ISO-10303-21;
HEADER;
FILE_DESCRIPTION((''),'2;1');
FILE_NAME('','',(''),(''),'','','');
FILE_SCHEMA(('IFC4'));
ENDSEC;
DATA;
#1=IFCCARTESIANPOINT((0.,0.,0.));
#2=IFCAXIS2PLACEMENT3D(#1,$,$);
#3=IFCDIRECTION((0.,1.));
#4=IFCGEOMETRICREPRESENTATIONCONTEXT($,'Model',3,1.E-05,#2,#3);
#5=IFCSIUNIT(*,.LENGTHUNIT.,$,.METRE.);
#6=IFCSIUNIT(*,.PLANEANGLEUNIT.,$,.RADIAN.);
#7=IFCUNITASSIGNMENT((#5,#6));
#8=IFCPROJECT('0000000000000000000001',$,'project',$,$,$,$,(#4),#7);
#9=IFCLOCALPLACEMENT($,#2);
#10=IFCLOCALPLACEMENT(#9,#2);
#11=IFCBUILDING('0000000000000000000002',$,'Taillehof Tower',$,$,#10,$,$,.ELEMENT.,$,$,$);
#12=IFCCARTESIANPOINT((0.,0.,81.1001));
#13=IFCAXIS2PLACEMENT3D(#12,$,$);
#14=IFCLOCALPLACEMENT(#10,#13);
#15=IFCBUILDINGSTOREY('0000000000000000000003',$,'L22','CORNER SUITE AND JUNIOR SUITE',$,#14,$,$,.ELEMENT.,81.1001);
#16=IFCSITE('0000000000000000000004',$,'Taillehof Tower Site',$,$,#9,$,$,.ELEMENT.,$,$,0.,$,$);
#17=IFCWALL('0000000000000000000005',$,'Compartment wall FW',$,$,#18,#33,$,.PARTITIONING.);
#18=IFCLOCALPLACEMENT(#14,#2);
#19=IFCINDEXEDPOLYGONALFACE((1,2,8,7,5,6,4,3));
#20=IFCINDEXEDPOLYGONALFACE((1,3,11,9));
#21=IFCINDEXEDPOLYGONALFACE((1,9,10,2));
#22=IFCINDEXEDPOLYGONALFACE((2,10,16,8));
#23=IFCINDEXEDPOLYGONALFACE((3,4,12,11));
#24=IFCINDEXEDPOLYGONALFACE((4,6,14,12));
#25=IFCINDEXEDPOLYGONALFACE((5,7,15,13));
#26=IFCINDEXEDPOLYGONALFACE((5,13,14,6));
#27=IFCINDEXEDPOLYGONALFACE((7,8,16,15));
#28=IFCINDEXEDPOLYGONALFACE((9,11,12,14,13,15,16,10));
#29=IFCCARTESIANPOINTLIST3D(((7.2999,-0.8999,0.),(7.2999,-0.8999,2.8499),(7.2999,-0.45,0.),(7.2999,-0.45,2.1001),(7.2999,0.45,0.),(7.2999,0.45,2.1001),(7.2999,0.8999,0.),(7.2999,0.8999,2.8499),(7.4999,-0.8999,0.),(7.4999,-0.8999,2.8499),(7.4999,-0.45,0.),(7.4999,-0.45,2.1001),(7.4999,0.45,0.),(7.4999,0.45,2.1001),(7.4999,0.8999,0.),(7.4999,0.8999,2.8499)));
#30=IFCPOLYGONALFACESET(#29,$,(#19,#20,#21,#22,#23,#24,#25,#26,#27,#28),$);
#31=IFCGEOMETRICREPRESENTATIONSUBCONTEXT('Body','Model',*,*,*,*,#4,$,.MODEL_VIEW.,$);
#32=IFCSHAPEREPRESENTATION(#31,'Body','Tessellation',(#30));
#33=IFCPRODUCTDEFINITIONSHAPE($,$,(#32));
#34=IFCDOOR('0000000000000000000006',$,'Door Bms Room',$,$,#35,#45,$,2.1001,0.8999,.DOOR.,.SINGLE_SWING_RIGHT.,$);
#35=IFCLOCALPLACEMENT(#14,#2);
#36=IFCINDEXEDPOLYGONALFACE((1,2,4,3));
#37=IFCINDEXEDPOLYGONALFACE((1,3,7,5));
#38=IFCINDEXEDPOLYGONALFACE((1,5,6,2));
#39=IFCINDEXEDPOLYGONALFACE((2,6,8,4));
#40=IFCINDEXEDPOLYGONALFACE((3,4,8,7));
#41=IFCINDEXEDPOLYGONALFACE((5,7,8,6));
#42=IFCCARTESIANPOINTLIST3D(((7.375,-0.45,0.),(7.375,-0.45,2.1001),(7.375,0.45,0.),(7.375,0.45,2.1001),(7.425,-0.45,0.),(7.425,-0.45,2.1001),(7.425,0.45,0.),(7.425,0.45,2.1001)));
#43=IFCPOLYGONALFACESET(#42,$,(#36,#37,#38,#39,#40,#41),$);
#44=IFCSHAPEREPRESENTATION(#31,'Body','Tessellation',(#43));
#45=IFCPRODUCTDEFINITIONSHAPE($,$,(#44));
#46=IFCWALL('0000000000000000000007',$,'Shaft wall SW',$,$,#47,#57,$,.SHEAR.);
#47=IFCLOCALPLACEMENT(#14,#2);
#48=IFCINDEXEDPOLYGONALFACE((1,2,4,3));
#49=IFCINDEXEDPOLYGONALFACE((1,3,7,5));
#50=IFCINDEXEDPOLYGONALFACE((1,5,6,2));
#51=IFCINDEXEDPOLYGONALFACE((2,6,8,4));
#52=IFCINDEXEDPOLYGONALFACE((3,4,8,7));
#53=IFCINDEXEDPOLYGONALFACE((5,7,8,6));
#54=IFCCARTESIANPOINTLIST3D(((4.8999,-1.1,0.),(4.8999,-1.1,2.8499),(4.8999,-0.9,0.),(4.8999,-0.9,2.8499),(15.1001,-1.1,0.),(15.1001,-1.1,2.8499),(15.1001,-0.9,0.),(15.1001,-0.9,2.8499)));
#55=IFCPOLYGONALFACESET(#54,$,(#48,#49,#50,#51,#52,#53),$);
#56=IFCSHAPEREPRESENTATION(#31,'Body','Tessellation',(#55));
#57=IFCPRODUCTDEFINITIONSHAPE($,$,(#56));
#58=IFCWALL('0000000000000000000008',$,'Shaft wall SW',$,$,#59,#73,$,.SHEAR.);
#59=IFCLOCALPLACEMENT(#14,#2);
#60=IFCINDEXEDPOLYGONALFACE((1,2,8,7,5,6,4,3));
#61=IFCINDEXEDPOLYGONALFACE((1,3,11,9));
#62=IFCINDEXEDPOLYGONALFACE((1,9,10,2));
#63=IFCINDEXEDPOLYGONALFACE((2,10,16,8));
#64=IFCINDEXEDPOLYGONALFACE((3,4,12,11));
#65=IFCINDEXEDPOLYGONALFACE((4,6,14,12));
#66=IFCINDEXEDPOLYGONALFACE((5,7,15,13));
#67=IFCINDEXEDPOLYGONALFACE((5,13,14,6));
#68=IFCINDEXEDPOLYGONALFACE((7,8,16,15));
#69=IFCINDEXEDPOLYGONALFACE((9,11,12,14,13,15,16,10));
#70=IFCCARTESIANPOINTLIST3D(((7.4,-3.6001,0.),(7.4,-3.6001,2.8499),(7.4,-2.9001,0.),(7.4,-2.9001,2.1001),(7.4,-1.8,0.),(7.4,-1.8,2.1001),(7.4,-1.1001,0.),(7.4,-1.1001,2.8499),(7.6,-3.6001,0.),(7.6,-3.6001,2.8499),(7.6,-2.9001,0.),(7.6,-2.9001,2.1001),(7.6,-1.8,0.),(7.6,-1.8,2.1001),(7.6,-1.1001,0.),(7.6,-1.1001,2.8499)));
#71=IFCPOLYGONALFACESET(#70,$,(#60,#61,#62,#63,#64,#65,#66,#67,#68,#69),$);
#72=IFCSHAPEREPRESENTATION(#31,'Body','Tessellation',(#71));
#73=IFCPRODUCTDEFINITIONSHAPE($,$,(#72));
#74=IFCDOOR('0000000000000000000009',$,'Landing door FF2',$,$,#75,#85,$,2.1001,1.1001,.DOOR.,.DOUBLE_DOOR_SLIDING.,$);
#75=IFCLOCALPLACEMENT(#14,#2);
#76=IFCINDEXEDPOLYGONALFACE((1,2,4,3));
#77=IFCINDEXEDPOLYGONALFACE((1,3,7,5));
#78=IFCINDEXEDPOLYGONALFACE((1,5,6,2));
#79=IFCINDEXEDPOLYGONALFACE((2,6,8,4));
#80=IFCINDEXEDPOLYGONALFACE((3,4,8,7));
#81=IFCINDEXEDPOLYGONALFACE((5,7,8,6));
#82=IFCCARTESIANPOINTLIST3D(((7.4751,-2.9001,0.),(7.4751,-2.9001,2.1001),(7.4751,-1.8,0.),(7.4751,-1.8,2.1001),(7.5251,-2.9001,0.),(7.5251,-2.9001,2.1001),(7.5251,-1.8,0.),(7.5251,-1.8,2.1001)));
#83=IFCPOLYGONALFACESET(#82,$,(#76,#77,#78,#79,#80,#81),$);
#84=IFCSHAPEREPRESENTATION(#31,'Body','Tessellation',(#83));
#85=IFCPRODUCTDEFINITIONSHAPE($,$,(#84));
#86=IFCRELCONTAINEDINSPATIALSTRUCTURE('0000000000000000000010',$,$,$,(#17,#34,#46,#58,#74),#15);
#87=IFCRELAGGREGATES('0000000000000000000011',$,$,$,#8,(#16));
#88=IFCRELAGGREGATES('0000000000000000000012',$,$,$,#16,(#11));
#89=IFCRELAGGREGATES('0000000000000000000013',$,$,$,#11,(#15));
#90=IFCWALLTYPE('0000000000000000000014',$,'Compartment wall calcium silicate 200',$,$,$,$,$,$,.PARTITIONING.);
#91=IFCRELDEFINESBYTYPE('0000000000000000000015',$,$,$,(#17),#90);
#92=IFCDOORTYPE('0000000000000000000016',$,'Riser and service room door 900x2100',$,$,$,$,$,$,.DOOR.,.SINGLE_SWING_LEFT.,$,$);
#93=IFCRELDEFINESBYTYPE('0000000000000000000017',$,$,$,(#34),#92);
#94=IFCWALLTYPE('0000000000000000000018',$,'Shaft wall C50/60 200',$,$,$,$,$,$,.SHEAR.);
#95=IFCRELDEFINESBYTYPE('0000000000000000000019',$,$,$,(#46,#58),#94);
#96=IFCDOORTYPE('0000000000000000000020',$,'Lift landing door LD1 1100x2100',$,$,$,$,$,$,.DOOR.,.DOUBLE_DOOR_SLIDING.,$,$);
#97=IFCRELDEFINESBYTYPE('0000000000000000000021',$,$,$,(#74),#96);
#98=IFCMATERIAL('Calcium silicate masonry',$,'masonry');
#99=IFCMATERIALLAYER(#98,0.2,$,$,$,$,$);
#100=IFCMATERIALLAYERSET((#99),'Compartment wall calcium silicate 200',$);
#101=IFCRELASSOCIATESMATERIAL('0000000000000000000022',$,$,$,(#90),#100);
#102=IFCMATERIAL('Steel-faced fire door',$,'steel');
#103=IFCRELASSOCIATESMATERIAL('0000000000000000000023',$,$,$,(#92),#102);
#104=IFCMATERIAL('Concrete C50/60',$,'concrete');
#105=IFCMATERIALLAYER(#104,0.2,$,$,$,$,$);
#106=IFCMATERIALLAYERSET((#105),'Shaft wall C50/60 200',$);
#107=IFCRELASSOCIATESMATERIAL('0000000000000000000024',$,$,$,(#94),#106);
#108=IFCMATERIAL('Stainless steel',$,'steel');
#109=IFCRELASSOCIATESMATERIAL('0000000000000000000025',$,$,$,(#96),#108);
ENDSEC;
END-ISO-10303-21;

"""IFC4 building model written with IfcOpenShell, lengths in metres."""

from ifc_helpers import new_model, si_unit, direction, frame, frame_2d, origin, place, context, subcontext, project, spatial, rectangle, extrude, material, layer, layer_set, type_object, element, fill, save


model = new_model("IFC4")

# Units and contexts
model_context = context("Model", 3, precision=1e-05, world=origin(), true_north=direction((0.0, 1.0)))
body_context = subcontext(model_context, "Body", "Model", "MODEL_VIEW")
ifc_project = project(units=[si_unit("LENGTHUNIT", "METRE"), si_unit("PLANEANGLEUNIT", "RADIAN")], contexts=[model_context])

# Site, building, storey
site_placement = place(None, origin())
site = spatial("IfcSite", under=ifc_project, at=site_placement, Name="Taillehof Tower Site", CompositionType="ELEMENT", RefElevation=0.0)
building_placement = place(site_placement, origin())
building = spatial("IfcBuilding", under=site, at=building_placement, Name="Taillehof Tower", CompositionType="ELEMENT")
storey_placement = place(building_placement, frame((0.0, 0.0, 81.1001)))
storey = spatial("IfcBuildingStorey", under=building, at=storey_placement, Name="L22", Description="CORNER SUITE AND JUNIOR SUITE", CompositionType="ELEMENT", Elevation=81.1001)

# Wall, opening, door
ifc_material_1 = material(Name="Calcium silicate masonry", Category="masonry")
ifc_layer_1 = layer(ifc_material_1, 0.2)
ifc_layer_set_1 = layer_set([ifc_layer_1], Name="Compartment wall calcium silicate 200")
wall_type_1 = type_object("IfcWallType", Name="Compartment wall calcium silicate 200", PredefinedType="PARTITIONING", material=ifc_layer_set_1)
wall_1_placement = place(storey_placement, frame((7.3999, -0.8999, 0.0), z_axis=(0.0, 0.0, 1.0), x_axis=(0.0, 1.0, 0.0)))
wall_1 = element("IfcWall", 1, at=wall_1_placement, inside=storey, type_object=wall_type_1, Name="Compartment wall FW", PredefinedType="PARTITIONING", context=body_context, shape_type="SweptSolid", body=[
    extrude(rectangle(XDim=1.7998, YDim=0.2, at=frame_2d((0.8999, 0.0))), origin(), (0.0, 0.0, 1.0), 2.8499),
])
opening_1_placement = place(wall_1_placement, frame((0.45, 0.0, 0.0)))
opening_1 = element("IfcOpeningElement", 2, at=opening_1_placement, cuts=wall_1, PredefinedType="OPENING", context=body_context, shape_type="SweptSolid", body=[
    extrude(rectangle(XDim=0.8999, YDim=2.1001, at=frame_2d((0.45, 1.05))), frame((0.0, 0.1099, 0.0), z_axis=(0.0, -1.0, 0.0), x_axis=(1.0, 0.0, 0.0)), (0.0, 0.0, 1.0), 0.22),
])
ifc_material_2 = material(Name="Steel-faced fire door", Category="steel")
door_type_1 = type_object("IfcDoorType", Name="Riser and service room door 900x2100", OperationType="SINGLE_SWING_LEFT", PredefinedType="DOOR", material=ifc_material_2)
door_1_placement = place(opening_1_placement, origin())
door_1 = element("IfcDoor", 3, at=door_1_placement, inside=storey, type_object=door_type_1, Name="Door Bms Room", OperationType="SINGLE_SWING_RIGHT", OverallHeight=2.1001, OverallWidth=0.8999, PredefinedType="DOOR", context=body_context, shape_type="SweptSolid", body=[
    extrude(rectangle(XDim=0.8999, YDim=2.1001, at=frame_2d((0.45, 1.05))), frame((0.0, 0.0249, 0.0), z_axis=(0.0, -1.0, 0.0), x_axis=(1.0, 0.0, 0.0)), (0.0, 0.0, 1.0), 0.05),
])
fill(opening_1, door_1)

# Wall
ifc_material_3 = material(Name="Concrete C50/60", Category="concrete")
ifc_layer_2 = layer(ifc_material_3, 0.2)
ifc_layer_set_2 = layer_set([ifc_layer_2], Name="Shaft wall C50/60 200")
wall_type_2 = type_object("IfcWallType", Name="Shaft wall C50/60 200", PredefinedType="SHEAR", material=ifc_layer_set_2)
wall_2_placement = place(storey_placement, frame((4.8999, -1.0, 0.0), z_axis=(0.0, 0.0, 1.0), x_axis=(1.0, 0.0, 0.0)))
element("IfcWall", 4, at=wall_2_placement, inside=storey, type_object=wall_type_2, Name="Shaft wall SW", PredefinedType="SHEAR", context=body_context, shape_type="SweptSolid", body=[
    extrude(rectangle(XDim=10.2002, YDim=0.2, at=frame_2d((5.1001, 0.0))), origin(), (0.0, 0.0, 1.0), 2.8499),
])

# Wall, opening, door
wall_3_placement = place(storey_placement, frame((7.5, -3.6001, 0.0), z_axis=(0.0, 0.0, 1.0), x_axis=(0.0, 1.0, 0.0)))
wall_3 = element("IfcWall", 5, at=wall_3_placement, inside=storey, type_object=wall_type_2, Name="Shaft wall SW", PredefinedType="SHEAR", context=body_context, shape_type="SweptSolid", body=[
    extrude(rectangle(XDim=2.5, YDim=0.2, at=frame_2d((1.25, 0.0))), origin(), (0.0, 0.0, 1.0), 2.8499),
])
opening_2_placement = place(wall_3_placement, frame((0.7, 0.0, 0.0)))
opening_2 = element("IfcOpeningElement", 6, at=opening_2_placement, cuts=wall_3, PredefinedType="OPENING", context=body_context, shape_type="SweptSolid", body=[
    extrude(rectangle(XDim=1.1001, YDim=2.1001, at=frame_2d((0.55, 1.05))), frame((0.0, 0.1099, 0.0), z_axis=(0.0, -1.0, 0.0), x_axis=(1.0, 0.0, 0.0)), (0.0, 0.0, 1.0), 0.22),
])
ifc_material_4 = material(Name="Stainless steel", Category="steel")
door_type_2 = type_object("IfcDoorType", Name="Lift landing door LD1 1100x2100", OperationType="DOUBLE_DOOR_SLIDING", PredefinedType="DOOR", material=ifc_material_4)
door_2_placement = place(opening_2_placement, origin())
door_2 = element("IfcDoor", 7, at=door_2_placement, inside=storey, type_object=door_type_2, Name="Landing door FF2", OperationType="DOUBLE_DOOR_SLIDING", OverallHeight=2.1001, OverallWidth=1.1001, PredefinedType="DOOR", context=body_context, shape_type="SweptSolid", body=[
    extrude(rectangle(XDim=1.1001, YDim=2.1001, at=frame_2d((0.55, 1.05))), frame((0.0, 0.0249, 0.0), z_axis=(0.0, -1.0, 0.0), x_axis=(1.0, 0.0, 0.0)), (0.0, 0.0, 1.0), 0.05),
])
fill(opening_2, door_2)

save(model, "model.ifc")
